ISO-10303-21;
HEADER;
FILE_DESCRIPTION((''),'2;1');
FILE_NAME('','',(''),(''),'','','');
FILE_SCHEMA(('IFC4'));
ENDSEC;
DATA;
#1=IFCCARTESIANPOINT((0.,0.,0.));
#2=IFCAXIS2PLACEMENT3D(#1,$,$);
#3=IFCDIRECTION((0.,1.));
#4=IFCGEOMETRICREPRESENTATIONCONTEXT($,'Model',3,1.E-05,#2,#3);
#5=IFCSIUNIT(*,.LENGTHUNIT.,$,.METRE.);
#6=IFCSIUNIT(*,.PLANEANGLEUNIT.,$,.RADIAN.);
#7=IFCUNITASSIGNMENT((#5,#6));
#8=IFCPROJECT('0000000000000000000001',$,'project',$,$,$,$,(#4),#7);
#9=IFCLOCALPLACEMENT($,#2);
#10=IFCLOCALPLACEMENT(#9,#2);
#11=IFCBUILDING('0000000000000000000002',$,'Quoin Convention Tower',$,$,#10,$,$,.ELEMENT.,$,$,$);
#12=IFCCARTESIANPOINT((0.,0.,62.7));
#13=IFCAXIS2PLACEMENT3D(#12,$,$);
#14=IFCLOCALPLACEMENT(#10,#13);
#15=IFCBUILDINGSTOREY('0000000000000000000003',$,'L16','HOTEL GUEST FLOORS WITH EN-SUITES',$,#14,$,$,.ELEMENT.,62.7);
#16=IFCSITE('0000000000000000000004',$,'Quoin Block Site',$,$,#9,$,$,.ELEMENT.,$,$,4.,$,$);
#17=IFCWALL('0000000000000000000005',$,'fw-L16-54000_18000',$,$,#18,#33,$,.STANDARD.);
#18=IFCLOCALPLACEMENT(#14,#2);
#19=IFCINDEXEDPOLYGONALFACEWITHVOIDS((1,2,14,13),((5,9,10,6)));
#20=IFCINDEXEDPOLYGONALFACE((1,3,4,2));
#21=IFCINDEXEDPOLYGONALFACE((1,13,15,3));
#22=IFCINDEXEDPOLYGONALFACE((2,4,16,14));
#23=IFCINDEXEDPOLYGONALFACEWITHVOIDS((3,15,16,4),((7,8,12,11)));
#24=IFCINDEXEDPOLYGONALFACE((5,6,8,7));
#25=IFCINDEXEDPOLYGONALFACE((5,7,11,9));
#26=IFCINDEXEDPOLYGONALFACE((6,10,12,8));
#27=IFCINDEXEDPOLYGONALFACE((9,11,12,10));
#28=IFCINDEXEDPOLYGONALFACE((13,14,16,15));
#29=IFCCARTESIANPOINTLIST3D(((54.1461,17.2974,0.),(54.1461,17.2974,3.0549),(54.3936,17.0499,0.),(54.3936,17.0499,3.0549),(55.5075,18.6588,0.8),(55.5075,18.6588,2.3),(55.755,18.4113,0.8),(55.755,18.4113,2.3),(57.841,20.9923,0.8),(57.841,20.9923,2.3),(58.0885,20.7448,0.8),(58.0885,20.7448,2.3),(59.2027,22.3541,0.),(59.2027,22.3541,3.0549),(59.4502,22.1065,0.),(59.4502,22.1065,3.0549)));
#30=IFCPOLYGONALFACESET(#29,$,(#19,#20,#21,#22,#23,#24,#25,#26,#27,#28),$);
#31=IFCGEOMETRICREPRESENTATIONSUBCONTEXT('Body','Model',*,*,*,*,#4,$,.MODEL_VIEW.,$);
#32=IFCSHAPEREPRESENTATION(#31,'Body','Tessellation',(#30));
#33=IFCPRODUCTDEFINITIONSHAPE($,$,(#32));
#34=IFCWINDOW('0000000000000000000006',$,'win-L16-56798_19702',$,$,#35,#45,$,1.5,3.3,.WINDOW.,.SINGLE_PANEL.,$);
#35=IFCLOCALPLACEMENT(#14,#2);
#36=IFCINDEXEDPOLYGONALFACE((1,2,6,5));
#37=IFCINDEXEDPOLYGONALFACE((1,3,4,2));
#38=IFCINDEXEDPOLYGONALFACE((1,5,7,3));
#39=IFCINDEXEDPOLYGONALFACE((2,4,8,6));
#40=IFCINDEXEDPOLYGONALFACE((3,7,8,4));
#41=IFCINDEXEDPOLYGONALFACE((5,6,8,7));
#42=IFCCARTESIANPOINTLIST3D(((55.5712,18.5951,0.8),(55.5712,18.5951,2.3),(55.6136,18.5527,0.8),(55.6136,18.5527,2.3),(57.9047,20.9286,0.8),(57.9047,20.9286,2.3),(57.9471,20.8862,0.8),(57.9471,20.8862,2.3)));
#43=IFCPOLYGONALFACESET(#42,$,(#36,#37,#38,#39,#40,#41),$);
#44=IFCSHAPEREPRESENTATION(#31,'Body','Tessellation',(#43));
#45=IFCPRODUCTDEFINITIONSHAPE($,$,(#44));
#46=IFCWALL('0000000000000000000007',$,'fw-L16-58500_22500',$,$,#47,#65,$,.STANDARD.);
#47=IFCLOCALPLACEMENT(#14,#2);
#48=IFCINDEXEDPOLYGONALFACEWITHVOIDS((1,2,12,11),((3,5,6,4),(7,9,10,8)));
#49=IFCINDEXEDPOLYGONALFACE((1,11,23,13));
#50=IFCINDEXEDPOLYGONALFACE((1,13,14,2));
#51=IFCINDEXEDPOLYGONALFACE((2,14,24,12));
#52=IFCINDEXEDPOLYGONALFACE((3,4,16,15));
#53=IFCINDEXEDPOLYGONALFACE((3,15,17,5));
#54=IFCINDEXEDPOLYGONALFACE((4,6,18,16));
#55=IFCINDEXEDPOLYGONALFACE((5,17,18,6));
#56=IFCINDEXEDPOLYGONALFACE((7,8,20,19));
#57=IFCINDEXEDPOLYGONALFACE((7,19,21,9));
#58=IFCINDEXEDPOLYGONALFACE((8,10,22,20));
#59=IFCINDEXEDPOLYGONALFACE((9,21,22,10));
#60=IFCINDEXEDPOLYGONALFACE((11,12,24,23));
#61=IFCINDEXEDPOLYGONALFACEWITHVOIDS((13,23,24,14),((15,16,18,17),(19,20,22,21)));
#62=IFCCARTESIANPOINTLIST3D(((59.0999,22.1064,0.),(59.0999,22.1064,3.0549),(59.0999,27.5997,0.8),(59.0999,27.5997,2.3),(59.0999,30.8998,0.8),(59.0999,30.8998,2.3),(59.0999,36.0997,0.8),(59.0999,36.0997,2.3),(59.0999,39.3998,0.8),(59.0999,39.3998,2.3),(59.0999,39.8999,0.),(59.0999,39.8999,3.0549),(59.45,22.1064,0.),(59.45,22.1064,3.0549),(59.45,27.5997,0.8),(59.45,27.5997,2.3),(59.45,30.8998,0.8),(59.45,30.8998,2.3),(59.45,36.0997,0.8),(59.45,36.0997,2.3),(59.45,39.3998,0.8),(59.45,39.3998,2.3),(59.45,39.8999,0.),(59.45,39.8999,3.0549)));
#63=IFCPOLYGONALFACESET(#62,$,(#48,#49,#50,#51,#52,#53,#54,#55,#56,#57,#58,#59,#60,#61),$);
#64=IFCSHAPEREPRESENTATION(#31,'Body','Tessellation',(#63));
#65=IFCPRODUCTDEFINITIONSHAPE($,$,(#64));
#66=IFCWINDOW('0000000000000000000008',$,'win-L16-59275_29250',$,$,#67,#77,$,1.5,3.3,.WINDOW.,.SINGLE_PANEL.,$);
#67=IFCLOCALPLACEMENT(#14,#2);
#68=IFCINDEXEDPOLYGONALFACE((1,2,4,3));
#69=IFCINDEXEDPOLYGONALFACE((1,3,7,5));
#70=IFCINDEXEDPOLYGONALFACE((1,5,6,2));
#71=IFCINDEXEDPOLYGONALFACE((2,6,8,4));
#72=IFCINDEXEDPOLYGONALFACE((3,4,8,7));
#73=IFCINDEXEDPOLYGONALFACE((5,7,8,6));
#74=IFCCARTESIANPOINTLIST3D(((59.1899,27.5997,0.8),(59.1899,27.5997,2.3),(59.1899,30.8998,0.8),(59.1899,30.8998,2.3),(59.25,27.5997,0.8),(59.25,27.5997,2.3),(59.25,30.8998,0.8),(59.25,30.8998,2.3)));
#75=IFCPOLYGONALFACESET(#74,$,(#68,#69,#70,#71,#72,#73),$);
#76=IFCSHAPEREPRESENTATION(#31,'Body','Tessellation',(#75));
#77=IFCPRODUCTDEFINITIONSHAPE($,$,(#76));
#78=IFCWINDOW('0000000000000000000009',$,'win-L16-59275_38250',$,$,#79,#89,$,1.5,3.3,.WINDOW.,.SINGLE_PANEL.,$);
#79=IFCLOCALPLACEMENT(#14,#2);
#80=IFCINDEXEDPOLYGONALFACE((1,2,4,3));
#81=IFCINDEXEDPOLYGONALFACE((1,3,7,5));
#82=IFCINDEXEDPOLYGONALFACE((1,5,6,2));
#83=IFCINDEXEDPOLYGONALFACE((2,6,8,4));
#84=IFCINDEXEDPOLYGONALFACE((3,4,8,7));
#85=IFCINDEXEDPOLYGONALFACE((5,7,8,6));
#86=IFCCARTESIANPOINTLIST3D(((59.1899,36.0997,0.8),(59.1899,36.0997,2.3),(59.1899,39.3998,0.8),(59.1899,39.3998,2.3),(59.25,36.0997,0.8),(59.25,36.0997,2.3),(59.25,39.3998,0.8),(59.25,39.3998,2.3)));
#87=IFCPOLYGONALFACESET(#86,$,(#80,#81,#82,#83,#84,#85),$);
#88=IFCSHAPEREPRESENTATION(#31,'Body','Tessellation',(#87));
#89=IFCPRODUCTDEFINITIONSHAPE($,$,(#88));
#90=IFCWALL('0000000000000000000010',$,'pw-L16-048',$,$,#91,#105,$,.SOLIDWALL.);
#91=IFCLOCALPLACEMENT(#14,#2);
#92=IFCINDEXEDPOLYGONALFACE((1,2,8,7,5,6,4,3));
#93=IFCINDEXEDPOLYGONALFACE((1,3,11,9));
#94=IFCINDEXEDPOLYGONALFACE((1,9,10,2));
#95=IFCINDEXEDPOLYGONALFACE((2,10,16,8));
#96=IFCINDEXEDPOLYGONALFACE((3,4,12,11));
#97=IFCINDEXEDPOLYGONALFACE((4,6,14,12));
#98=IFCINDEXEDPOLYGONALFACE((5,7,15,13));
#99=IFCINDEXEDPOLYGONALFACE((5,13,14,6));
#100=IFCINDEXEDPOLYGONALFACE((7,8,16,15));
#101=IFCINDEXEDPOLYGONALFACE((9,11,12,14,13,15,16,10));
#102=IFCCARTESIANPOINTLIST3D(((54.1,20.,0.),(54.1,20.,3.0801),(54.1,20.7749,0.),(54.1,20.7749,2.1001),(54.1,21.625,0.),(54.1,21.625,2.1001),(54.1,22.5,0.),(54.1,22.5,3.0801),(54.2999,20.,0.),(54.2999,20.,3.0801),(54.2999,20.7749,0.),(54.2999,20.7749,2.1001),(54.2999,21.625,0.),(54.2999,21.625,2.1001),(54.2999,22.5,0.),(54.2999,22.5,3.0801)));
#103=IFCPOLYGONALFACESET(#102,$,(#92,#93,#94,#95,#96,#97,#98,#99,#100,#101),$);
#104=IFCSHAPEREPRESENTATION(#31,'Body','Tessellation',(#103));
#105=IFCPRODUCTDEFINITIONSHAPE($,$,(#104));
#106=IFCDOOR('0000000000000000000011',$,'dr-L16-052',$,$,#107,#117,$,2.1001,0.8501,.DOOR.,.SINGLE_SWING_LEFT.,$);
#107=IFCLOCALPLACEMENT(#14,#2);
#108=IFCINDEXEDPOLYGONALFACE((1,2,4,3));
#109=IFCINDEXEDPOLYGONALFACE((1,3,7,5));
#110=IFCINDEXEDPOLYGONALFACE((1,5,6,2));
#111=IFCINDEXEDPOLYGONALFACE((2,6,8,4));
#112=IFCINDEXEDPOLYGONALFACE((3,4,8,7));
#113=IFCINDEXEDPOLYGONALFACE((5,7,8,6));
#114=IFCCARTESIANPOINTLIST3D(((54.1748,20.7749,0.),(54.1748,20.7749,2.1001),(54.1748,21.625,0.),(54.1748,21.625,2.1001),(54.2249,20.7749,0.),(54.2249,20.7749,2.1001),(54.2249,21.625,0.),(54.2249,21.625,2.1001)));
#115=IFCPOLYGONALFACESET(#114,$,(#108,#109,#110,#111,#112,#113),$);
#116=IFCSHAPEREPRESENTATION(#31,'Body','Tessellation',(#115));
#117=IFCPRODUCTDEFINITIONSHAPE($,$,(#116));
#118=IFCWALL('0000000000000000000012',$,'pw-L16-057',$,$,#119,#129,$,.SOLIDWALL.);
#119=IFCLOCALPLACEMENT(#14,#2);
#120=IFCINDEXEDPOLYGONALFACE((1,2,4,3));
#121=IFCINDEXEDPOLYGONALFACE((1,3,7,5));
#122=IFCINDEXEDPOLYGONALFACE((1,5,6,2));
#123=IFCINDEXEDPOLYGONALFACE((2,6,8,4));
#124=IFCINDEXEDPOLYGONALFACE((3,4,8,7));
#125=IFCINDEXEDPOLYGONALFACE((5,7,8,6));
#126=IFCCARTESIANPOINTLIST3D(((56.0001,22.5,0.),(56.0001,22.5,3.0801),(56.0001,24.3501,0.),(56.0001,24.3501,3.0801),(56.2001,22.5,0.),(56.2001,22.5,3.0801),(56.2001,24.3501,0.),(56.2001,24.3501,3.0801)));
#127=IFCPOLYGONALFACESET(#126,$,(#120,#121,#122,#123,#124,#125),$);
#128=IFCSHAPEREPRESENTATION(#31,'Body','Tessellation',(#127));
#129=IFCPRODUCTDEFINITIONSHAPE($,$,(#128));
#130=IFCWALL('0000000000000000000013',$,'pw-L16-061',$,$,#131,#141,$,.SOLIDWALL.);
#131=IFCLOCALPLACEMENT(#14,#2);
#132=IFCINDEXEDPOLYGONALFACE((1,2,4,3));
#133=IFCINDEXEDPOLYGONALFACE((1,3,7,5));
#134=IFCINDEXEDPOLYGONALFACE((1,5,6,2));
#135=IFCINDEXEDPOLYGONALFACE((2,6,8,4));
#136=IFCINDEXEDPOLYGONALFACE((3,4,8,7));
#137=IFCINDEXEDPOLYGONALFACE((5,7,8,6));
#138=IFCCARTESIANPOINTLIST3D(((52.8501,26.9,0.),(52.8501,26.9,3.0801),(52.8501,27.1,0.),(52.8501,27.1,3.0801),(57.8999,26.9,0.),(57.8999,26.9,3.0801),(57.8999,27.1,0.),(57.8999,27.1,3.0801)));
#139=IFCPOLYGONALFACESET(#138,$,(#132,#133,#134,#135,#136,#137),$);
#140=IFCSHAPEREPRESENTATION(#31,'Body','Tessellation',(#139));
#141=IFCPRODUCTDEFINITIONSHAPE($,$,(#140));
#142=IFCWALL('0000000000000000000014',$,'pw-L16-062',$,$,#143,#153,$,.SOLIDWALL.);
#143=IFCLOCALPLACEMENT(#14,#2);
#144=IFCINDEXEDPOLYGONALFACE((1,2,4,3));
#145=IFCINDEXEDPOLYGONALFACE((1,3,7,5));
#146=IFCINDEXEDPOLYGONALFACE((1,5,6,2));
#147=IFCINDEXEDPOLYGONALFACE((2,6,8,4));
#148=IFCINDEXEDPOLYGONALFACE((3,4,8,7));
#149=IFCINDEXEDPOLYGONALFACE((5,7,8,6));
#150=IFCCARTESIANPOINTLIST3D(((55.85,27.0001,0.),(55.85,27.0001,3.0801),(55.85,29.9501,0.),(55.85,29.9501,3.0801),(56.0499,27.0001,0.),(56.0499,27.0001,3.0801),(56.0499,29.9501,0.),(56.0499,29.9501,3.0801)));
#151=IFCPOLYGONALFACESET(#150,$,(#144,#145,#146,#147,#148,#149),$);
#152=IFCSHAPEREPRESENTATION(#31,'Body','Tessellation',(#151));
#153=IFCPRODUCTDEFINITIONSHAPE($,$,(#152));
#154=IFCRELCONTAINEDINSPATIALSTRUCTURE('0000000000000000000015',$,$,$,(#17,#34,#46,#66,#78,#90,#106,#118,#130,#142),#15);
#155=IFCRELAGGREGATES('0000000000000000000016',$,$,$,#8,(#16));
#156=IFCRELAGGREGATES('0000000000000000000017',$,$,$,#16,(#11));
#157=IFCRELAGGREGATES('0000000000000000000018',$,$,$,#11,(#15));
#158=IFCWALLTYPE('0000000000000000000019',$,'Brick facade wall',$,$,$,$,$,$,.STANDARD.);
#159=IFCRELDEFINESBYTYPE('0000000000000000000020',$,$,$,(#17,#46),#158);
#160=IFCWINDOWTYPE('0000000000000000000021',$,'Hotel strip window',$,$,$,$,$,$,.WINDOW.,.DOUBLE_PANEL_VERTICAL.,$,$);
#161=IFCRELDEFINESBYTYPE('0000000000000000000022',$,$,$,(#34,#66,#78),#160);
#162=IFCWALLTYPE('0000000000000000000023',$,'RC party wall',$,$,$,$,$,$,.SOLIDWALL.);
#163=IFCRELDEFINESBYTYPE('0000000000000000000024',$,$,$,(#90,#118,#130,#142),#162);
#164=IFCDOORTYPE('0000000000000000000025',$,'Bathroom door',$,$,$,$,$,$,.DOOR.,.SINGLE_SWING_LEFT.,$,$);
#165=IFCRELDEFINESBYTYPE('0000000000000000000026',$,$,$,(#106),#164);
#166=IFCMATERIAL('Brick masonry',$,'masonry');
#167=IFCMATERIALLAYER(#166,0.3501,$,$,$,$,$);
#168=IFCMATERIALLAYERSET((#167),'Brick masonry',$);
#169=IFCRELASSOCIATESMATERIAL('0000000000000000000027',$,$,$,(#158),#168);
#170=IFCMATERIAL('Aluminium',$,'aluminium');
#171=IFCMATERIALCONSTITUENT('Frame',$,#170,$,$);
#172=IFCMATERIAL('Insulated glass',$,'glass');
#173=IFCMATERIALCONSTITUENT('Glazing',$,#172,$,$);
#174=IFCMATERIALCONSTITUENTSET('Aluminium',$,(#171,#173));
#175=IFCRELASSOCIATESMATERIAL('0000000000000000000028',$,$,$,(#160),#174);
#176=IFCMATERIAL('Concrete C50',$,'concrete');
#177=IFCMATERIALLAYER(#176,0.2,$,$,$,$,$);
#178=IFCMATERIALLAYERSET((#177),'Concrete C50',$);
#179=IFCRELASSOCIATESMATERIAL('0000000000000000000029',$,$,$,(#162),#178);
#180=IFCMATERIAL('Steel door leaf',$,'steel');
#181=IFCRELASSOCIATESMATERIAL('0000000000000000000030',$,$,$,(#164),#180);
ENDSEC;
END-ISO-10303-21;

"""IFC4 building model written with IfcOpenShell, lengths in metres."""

from ifc_helpers import new_model, si_unit, direction, frame, frame_2d, origin, place, context, subcontext, project, spatial, rectangle, extrude, material, layer, layer_set, constituent, constituent_set, type_object, element, fill, save


model = new_model("IFC4")

# Units and contexts
model_context = context("Model", 3, precision=1e-05, world=origin(), true_north=direction((0.0, 1.0)))
body_context = subcontext(model_context, "Body", "Model", "MODEL_VIEW")
ifc_project = project(units=[si_unit("LENGTHUNIT", "METRE"), si_unit("PLANEANGLEUNIT", "RADIAN")], contexts=[model_context])

# Site, building, storey
site_placement = place(None, origin())
site = spatial("IfcSite", under=ifc_project, at=site_placement, Name="Quoin Block Site", CompositionType="ELEMENT", RefElevation=4.0)
building_placement = place(site_placement, origin())
building = spatial("IfcBuilding", under=site, at=building_placement, Name="Quoin Convention Tower", CompositionType="ELEMENT")
storey_placement = place(building_placement, frame((0.0, 0.0, 62.7)))
storey = spatial("IfcBuildingStorey", under=building, at=storey_placement, Name="L16", Description="HOTEL GUEST FLOORS WITH EN-SUITES", CompositionType="ELEMENT", Elevation=62.7)

# Wall, opening, window
ifc_material_1 = material(Name="Brick masonry", Category="masonry")
ifc_layer_1 = layer(ifc_material_1, 0.3501)
ifc_layer_set_1 = layer_set([ifc_layer_1], Name="Brick masonry")
wall_type_1 = type_object("IfcWallType", Name="Brick facade wall", PredefinedType="STANDARD", material=ifc_layer_set_1)
wall_1_placement = place(storey_placement, frame((54.2698, 17.1736, 0.0), z_axis=(0.0, 0.0, 1.0), x_axis=(0.707107, 0.707107, 0.0)))
wall_1 = element("IfcWall", 1, at=wall_1_placement, inside=storey, type_object=wall_type_1, Name="fw-L16-54000_18000", PredefinedType="STANDARD", context=body_context, shape_type="SweptSolid", body=[
    extrude(rectangle(XDim=7.1511, YDim=0.3501, at=frame_2d((3.5757, 0.0))), origin(), (0.0, 0.0, 1.0), 3.0549),
])
opening_1_placement = place(wall_1_placement, frame((1.9255, 0.0, 0.8)))
opening_1 = element("IfcOpeningElement", 2, at=opening_1_placement, cuts=wall_1, PredefinedType="OPENING", context=body_context, shape_type="SweptSolid", body=[
    extrude(rectangle(XDim=3.3, YDim=1.5, at=frame_2d((1.6499, 0.75))), frame((0.0, 0.1851, 0.0), z_axis=(0.0, -1.0, 0.0), x_axis=(1.0, 0.0, 0.0)), (0.0, 0.0, 1.0), 0.3701),
])
ifc_material_2 = material(Name="Aluminium", Category="aluminium")
ifc_constituent_1 = constituent(ifc_material_2, Name="Frame")
ifc_material_3 = material(Name="Insulated glass", Category="glass")
ifc_constituent_2 = constituent(ifc_material_3, Name="Glazing")
ifc_constituent_set = constituent_set(constituents=[ifc_constituent_1, ifc_constituent_2], Name="Aluminium")
window_type = type_object("IfcWindowType", Name="Hotel strip window", PartitioningType="DOUBLE_PANEL_VERTICAL", PredefinedType="WINDOW", material=ifc_constituent_set)
window_1_placement = place(opening_1_placement, origin())
window_1 = element("IfcWindow", 3, at=window_1_placement, inside=storey, type_object=window_type, Name="win-L16-56798_19702", OverallHeight=1.5, OverallWidth=3.3, PartitioningType="SINGLE_PANEL", PredefinedType="WINDOW", context=body_context, shape_type="SweptSolid", body=[
    extrude(rectangle(XDim=3.3, YDim=1.5, at=frame_2d((1.6499, 0.75))), frame((0.0, 0.085, 0.0), z_axis=(0.0, -1.0, 0.0), x_axis=(1.0, 0.0, 0.0)), (0.0, 0.0, 1.0), 0.0601),
])
fill(opening_1, window_1)

# Wall, openings, windows
wall_2_placement = place(storey_placement, frame((59.2749, 22.1064, 0.0), z_axis=(0.0, 0.0, 1.0), x_axis=(0.0, 1.0, 0.0)))
wall_2 = element("IfcWall", 4, at=wall_2_placement, inside=storey, type_object=wall_type_1, Name="fw-L16-58500_22500", PredefinedType="STANDARD", context=body_context, shape_type="SweptSolid", body=[
    extrude(rectangle(XDim=17.7935, YDim=0.3501, at=frame_2d((8.8967, 0.0))), origin(), (0.0, 0.0, 1.0), 3.0549),
])
opening_2_placement = place(wall_2_placement, frame((5.4934, 0.0, 0.8)))
opening_2 = element("IfcOpeningElement", 5, at=opening_2_placement, cuts=wall_2, PredefinedType="OPENING", context=body_context, shape_type="SweptSolid", body=[
    extrude(rectangle(XDim=3.3, YDim=1.5, at=frame_2d((1.6499, 0.75))), frame((0.0, 0.1851, 0.0), z_axis=(0.0, -1.0, 0.0), x_axis=(1.0, 0.0, 0.0)), (0.0, 0.0, 1.0), 0.3701),
])
opening_3_placement = place(wall_2_placement, frame((13.9934, 0.0, 0.8)))
opening_3 = element("IfcOpeningElement", 6, at=opening_3_placement, cuts=wall_2, PredefinedType="OPENING", context=body_context, shape_type="SweptSolid", body=[
    extrude(rectangle(XDim=3.3, YDim=1.5, at=frame_2d((1.6499, 0.75))), frame((0.0, 0.1851, 0.0), z_axis=(0.0, -1.0, 0.0), x_axis=(1.0, 0.0, 0.0)), (0.0, 0.0, 1.0), 0.3701),
])
window_2_placement = place(opening_2_placement, origin())
window_2 = element("IfcWindow", 7, at=window_2_placement, inside=storey, type_object=window_type, Name="win-L16-59275_29250", OverallHeight=1.5, OverallWidth=3.3, PartitioningType="SINGLE_PANEL", PredefinedType="WINDOW", context=body_context, shape_type="SweptSolid", body=[
    extrude(rectangle(XDim=3.3, YDim=1.5, at=frame_2d((1.6499, 0.75))), frame((0.0, 0.085, 0.0), z_axis=(0.0, -1.0, 0.0), x_axis=(1.0, 0.0, 0.0)), (0.0, 0.0, 1.0), 0.0601),
])
fill(opening_2, window_2)
window_3_placement = place(opening_3_placement, origin())
window_3 = element("IfcWindow", 8, at=window_3_placement, inside=storey, type_object=window_type, Name="win-L16-59275_38250", OverallHeight=1.5, OverallWidth=3.3, PartitioningType="SINGLE_PANEL", PredefinedType="WINDOW", context=body_context, shape_type="SweptSolid", body=[
    extrude(rectangle(XDim=3.3, YDim=1.5, at=frame_2d((1.6499, 0.75))), frame((0.0, 0.085, 0.0), z_axis=(0.0, -1.0, 0.0), x_axis=(1.0, 0.0, 0.0)), (0.0, 0.0, 1.0), 0.0601),
])
fill(opening_3, window_3)

# Wall, opening, door
ifc_material_4 = material(Name="Concrete C50", Category="concrete")
ifc_layer_2 = layer(ifc_material_4, 0.2)
ifc_layer_set_2 = layer_set([ifc_layer_2], Name="Concrete C50")
wall_type_2 = type_object("IfcWallType", Name="RC party wall", PredefinedType="SOLIDWALL", material=ifc_layer_set_2)
wall_3_placement = place(storey_placement, frame((54.2, 20.0, 0.0), z_axis=(0.0, 0.0, 1.0), x_axis=(0.0, 1.0, 0.0)))
wall_3 = element("IfcWall", 9, at=wall_3_placement, inside=storey, type_object=wall_type_2, Name="pw-L16-048", PredefinedType="SOLIDWALL", context=body_context, shape_type="SweptSolid", body=[
    extrude(rectangle(XDim=2.5, YDim=0.2, at=frame_2d((1.25, 0.0))), origin(), (0.0, 0.0, 1.0), 3.0801),
])
opening_4_placement = place(wall_3_placement, frame((0.7749, 0.0, 0.0)))
opening_4 = element("IfcOpeningElement", 10, at=opening_4_placement, cuts=wall_3, PredefinedType="OPENING", context=body_context, shape_type="SweptSolid", body=[
    extrude(rectangle(XDim=0.8501, YDim=2.1001, at=frame_2d((0.425, 1.05))), frame((0.0, 0.1099, 0.0), z_axis=(0.0, -1.0, 0.0), x_axis=(1.0, 0.0, 0.0)), (0.0, 0.0, 1.0), 0.22),
])
ifc_material_5 = material(Name="Steel door leaf", Category="steel")
door_type_1 = type_object("IfcDoorType", Name="Bathroom door", OperationType="SINGLE_SWING_LEFT", PredefinedType="DOOR", material=ifc_material_5)
door_1_placement = place(opening_4_placement, frame((0.8501, 0.0, 0.0), z_axis=(0.0, 0.0, 1.0), x_axis=(-1.0, 0.0, 0.0)))
door_1 = element("IfcDoor", 11, at=door_1_placement, inside=storey, type_object=door_type_1, Name="dr-L16-052", OperationType="SINGLE_SWING_LEFT", OverallHeight=2.1001, OverallWidth=0.8501, PredefinedType="DOOR", context=body_context, shape_type="SweptSolid", body=[
    extrude(rectangle(XDim=0.8501, YDim=2.1001, at=frame_2d((0.425, 1.05))), frame((0.0, 0.0249, 0.0), z_axis=(0.0, -1.0, 0.0), x_axis=(1.0, 0.0, 0.0)), (0.0, 0.0, 1.0), 0.05),
])
fill(opening_4, door_1)

# Walls
wall_4_placement = place(storey_placement, frame((56.1001, 22.5, 0.0), z_axis=(0.0, 0.0, 1.0), x_axis=(0.0, 1.0, 0.0)))
element("IfcWall", 12, at=wall_4_placement, inside=storey, type_object=wall_type_2, Name="pw-L16-057", PredefinedType="SOLIDWALL", context=body_context, shape_type="SweptSolid", body=[
    extrude(rectangle(XDim=1.8501, YDim=0.2, at=frame_2d((0.925, 0.0))), origin(), (0.0, 0.0, 1.0), 3.0801),
])
wall_5_placement = place(storey_placement, frame((52.8501, 27.0, 0.0), z_axis=(0.0, 0.0, 1.0), x_axis=(1.0, 0.0, 0.0)))
element("IfcWall", 13, at=wall_5_placement, inside=storey, type_object=wall_type_2, Name="pw-L16-061", PredefinedType="SOLIDWALL", context=body_context, shape_type="SweptSolid", body=[
    extrude(rectangle(XDim=5.0498, YDim=0.2, at=frame_2d((2.5249, 0.0))), origin(), (0.0, 0.0, 1.0), 3.0801),
])
wall_6_placement = place(storey_placement, frame((55.95, 27.0, 0.0), z_axis=(0.0, 0.0, 1.0), x_axis=(0.0, 1.0, 0.0)))
element("IfcWall", 14, at=wall_6_placement, inside=storey, type_object=wall_type_2, Name="pw-L16-062", PredefinedType="SOLIDWALL", context=body_context, shape_type="SweptSolid", body=[
    extrude(rectangle(XDim=2.95, YDim=0.2, at=frame_2d((1.4751, 0.0))), origin(), (0.0, 0.0, 1.0), 3.0801),
])

save(model, "model.ifc")
